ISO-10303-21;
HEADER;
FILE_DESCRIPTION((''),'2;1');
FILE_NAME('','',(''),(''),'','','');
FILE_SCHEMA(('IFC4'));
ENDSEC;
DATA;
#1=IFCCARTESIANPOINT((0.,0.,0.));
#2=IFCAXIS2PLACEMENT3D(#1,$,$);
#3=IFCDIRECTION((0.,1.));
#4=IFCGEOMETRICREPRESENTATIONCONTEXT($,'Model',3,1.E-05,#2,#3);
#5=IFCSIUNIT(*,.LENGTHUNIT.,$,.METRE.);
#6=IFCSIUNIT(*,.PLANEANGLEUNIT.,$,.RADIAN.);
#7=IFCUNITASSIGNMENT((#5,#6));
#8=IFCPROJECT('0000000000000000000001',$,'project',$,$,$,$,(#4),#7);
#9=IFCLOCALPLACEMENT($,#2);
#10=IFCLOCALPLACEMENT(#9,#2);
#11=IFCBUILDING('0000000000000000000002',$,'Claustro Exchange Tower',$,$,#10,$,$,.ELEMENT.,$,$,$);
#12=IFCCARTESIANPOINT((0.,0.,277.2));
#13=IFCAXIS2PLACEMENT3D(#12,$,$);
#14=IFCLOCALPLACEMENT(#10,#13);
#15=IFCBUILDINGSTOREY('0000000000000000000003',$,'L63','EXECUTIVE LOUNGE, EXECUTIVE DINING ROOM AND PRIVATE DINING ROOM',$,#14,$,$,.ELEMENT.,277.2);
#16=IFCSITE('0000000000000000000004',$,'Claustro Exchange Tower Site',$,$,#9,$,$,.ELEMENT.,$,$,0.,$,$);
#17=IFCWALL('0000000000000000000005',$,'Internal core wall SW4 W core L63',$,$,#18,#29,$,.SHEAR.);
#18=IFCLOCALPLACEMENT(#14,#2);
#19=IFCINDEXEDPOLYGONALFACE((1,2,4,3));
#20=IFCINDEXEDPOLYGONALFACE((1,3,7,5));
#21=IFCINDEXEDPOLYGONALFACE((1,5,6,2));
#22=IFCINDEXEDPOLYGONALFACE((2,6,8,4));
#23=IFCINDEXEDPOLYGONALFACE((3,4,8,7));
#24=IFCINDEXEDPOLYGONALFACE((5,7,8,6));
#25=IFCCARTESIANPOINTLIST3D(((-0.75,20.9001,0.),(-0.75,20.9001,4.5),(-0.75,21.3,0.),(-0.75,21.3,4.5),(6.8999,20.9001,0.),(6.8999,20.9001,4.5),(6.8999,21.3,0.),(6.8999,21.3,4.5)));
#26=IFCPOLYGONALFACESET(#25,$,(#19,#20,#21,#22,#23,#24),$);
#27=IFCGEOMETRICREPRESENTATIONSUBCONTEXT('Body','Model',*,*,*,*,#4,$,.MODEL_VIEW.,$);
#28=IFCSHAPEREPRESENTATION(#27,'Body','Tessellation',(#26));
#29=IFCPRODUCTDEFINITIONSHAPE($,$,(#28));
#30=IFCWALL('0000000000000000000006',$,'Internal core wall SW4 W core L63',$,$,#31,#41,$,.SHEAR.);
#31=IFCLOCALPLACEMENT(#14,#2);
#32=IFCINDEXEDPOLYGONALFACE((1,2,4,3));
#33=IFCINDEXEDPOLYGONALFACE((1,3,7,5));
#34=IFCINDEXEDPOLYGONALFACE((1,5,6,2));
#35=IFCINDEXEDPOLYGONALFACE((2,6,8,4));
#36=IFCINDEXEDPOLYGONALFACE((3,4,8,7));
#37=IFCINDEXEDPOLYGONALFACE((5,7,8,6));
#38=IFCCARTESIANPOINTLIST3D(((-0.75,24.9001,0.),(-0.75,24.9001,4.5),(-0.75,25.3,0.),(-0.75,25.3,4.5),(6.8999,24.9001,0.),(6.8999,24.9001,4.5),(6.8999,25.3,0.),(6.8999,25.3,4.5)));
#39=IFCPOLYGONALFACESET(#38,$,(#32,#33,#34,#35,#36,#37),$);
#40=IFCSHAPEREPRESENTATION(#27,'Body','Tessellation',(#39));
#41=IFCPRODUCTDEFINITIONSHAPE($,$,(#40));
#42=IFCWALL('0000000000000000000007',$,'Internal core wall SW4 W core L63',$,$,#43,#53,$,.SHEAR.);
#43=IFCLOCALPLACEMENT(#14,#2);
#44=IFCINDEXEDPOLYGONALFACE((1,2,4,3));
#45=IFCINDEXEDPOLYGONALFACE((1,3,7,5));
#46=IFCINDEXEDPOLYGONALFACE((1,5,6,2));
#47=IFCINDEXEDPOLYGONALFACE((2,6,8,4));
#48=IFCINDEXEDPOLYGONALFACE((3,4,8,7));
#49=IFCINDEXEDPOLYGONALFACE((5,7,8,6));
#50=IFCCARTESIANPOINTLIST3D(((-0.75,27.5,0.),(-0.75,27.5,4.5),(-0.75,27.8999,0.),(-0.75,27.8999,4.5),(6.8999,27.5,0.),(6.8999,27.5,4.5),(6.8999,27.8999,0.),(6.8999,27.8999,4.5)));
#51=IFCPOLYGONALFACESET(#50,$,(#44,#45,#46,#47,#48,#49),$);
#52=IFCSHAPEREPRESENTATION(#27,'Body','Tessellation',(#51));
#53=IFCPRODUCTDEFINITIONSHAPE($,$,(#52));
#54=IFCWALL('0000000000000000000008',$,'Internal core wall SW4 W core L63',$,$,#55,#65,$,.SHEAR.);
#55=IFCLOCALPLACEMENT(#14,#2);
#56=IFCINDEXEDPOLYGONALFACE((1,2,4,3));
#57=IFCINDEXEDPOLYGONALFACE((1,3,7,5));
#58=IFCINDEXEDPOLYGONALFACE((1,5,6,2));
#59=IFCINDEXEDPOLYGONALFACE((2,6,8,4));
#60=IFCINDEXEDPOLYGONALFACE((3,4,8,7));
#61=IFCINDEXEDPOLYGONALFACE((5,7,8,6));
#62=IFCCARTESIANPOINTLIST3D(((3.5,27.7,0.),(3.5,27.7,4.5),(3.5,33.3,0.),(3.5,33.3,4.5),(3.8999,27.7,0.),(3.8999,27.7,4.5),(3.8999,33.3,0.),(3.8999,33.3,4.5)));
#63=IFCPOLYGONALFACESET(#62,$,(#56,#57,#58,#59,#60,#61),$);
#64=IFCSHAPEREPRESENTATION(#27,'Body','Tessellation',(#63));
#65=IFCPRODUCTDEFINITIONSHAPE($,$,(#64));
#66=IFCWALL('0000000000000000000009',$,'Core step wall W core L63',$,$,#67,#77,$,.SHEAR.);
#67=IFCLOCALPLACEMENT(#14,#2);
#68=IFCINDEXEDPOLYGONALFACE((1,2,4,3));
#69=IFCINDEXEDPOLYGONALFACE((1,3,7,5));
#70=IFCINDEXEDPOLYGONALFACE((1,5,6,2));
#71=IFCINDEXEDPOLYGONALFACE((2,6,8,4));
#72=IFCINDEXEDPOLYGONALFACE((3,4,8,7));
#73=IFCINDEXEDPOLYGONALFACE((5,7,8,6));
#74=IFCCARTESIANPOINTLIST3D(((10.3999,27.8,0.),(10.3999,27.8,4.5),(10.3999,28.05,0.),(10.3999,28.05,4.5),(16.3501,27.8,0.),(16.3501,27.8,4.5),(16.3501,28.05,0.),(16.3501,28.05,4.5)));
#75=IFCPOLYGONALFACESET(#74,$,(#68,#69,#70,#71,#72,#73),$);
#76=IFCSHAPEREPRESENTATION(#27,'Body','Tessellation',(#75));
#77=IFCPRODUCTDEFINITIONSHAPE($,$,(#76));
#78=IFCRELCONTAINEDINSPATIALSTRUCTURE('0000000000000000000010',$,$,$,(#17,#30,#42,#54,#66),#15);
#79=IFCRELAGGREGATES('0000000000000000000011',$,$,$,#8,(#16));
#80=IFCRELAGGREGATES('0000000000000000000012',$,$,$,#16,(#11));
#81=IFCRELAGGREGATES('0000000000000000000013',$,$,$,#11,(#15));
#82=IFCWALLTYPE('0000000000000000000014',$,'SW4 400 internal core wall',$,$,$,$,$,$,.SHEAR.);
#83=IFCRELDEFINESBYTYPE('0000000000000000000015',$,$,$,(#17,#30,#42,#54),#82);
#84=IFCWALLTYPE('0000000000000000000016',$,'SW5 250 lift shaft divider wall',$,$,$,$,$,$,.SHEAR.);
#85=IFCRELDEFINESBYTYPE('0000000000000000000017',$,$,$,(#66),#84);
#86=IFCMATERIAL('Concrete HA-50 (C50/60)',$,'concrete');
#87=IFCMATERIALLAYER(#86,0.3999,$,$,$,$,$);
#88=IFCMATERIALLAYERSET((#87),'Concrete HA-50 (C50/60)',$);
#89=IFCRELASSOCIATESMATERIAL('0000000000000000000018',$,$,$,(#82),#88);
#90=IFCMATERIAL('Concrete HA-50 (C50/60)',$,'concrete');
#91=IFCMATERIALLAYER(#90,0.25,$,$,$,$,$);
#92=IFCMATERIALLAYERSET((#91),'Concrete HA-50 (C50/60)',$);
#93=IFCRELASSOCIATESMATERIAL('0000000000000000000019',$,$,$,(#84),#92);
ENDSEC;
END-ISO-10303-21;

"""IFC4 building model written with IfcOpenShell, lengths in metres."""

from ifc_helpers import new_model, si_unit, direction, frame, frame_2d, origin, place, context, subcontext, project, spatial, rectangle, extrude, material, layer, layer_set, type_object, element, save


model = new_model("IFC4")

# Units and contexts
model_context = context("Model", 3, precision=1e-05, world=origin(), true_north=direction((0.0, 1.0)))
body_context = subcontext(model_context, "Body", "Model", "MODEL_VIEW")
ifc_project = project(units=[si_unit("LENGTHUNIT", "METRE"), si_unit("PLANEANGLEUNIT", "RADIAN")], contexts=[model_context])

# Site, building, storey
site_placement = place(None, origin())
site = spatial("IfcSite", under=ifc_project, at=site_placement, Name="Claustro Exchange Tower Site", CompositionType="ELEMENT", RefElevation=0.0)
building_placement = place(site_placement, origin())
building = spatial("IfcBuilding", under=site, at=building_placement, Name="Claustro Exchange Tower", CompositionType="ELEMENT")
storey_placement = place(building_placement, frame((0.0, 0.0, 277.2)))
storey = spatial("IfcBuildingStorey", under=building, at=storey_placement, Name="L63", Description="EXECUTIVE LOUNGE, EXECUTIVE DINING ROOM AND PRIVATE DINING ROOM", CompositionType="ELEMENT", Elevation=277.2)

# Walls
ifc_material_1 = material(Name="Concrete HA-50 (C50/60)", Category="concrete")
ifc_layer_1 = layer(ifc_material_1, 0.3999)
ifc_layer_set_1 = layer_set([ifc_layer_1], Name="Concrete HA-50 (C50/60)")
wall_type_1 = type_object("IfcWallType", Name="SW4 400 internal core wall", PredefinedType="SHEAR", material=ifc_layer_set_1)
for number, where, z_axis, x_axis, name in (
    (1, (-0.75, 21.1001, 0.0), (0.0, 0.0, 1.0), (1.0, 0.0, 0.0), "Internal core wall SW4 W core L63"),
    (2, (-0.75, 25.1001, 0.0), (0.0, 0.0, 1.0), (1.0, 0.0, 0.0), "Internal core wall SW4 W core L63"),
    (3, (-0.75, 27.7, 0.0), (0.0, 0.0, 1.0), (1.0, 0.0, 0.0), "Internal core wall SW4 W core L63"),
):
    element("IfcWall", number, at=place(storey_placement, frame(where, z_axis=z_axis, x_axis=x_axis)), inside=storey, type_object=wall_type_1, Name=name, PredefinedType="SHEAR", context=body_context, shape_type="SweptSolid", body=[
        extrude(rectangle(XDim=7.6499, YDim=0.3999, at=frame_2d((3.825, 0.0))), origin(), (0.0, 0.0, 1.0), 4.5),
    ])
wall_1_placement = place(storey_placement, frame((3.7, 27.7, 0.0), z_axis=(0.0, 0.0, 1.0), x_axis=(0.0, 1.0, 0.0)))
element("IfcWall", 4, at=wall_1_placement, inside=storey, type_object=wall_type_1, Name="Internal core wall SW4 W core L63", PredefinedType="SHEAR", context=body_context, shape_type="SweptSolid", body=[
    extrude(rectangle(XDim=5.6001, YDim=0.3999, at=frame_2d((2.8, 0.0))), origin(), (0.0, 0.0, 1.0), 4.5),
])
ifc_material_2 = material(Name="Concrete HA-50 (C50/60)", Category="concrete")
ifc_layer_2 = layer(ifc_material_2, 0.25)
ifc_layer_set_2 = layer_set([ifc_layer_2], Name="Concrete HA-50 (C50/60)")
wall_type_2 = type_object("IfcWallType", Name="SW5 250 lift shaft divider wall", PredefinedType="SHEAR", material=ifc_layer_set_2)
wall_2_placement = place(storey_placement, frame((10.3999, 27.925, 0.0), z_axis=(0.0, 0.0, 1.0), x_axis=(1.0, 0.0, 0.0)))
element("IfcWall", 5, at=wall_2_placement, inside=storey, type_object=wall_type_2, Name="Core step wall W core L63", PredefinedType="SHEAR", context=body_context, shape_type="SweptSolid", body=[
    extrude(rectangle(XDim=5.9502, YDim=0.25, at=frame_2d((2.9751, 0.0))), origin(), (0.0, 0.0, 1.0), 4.5),
])

save(model, "model.ifc")
